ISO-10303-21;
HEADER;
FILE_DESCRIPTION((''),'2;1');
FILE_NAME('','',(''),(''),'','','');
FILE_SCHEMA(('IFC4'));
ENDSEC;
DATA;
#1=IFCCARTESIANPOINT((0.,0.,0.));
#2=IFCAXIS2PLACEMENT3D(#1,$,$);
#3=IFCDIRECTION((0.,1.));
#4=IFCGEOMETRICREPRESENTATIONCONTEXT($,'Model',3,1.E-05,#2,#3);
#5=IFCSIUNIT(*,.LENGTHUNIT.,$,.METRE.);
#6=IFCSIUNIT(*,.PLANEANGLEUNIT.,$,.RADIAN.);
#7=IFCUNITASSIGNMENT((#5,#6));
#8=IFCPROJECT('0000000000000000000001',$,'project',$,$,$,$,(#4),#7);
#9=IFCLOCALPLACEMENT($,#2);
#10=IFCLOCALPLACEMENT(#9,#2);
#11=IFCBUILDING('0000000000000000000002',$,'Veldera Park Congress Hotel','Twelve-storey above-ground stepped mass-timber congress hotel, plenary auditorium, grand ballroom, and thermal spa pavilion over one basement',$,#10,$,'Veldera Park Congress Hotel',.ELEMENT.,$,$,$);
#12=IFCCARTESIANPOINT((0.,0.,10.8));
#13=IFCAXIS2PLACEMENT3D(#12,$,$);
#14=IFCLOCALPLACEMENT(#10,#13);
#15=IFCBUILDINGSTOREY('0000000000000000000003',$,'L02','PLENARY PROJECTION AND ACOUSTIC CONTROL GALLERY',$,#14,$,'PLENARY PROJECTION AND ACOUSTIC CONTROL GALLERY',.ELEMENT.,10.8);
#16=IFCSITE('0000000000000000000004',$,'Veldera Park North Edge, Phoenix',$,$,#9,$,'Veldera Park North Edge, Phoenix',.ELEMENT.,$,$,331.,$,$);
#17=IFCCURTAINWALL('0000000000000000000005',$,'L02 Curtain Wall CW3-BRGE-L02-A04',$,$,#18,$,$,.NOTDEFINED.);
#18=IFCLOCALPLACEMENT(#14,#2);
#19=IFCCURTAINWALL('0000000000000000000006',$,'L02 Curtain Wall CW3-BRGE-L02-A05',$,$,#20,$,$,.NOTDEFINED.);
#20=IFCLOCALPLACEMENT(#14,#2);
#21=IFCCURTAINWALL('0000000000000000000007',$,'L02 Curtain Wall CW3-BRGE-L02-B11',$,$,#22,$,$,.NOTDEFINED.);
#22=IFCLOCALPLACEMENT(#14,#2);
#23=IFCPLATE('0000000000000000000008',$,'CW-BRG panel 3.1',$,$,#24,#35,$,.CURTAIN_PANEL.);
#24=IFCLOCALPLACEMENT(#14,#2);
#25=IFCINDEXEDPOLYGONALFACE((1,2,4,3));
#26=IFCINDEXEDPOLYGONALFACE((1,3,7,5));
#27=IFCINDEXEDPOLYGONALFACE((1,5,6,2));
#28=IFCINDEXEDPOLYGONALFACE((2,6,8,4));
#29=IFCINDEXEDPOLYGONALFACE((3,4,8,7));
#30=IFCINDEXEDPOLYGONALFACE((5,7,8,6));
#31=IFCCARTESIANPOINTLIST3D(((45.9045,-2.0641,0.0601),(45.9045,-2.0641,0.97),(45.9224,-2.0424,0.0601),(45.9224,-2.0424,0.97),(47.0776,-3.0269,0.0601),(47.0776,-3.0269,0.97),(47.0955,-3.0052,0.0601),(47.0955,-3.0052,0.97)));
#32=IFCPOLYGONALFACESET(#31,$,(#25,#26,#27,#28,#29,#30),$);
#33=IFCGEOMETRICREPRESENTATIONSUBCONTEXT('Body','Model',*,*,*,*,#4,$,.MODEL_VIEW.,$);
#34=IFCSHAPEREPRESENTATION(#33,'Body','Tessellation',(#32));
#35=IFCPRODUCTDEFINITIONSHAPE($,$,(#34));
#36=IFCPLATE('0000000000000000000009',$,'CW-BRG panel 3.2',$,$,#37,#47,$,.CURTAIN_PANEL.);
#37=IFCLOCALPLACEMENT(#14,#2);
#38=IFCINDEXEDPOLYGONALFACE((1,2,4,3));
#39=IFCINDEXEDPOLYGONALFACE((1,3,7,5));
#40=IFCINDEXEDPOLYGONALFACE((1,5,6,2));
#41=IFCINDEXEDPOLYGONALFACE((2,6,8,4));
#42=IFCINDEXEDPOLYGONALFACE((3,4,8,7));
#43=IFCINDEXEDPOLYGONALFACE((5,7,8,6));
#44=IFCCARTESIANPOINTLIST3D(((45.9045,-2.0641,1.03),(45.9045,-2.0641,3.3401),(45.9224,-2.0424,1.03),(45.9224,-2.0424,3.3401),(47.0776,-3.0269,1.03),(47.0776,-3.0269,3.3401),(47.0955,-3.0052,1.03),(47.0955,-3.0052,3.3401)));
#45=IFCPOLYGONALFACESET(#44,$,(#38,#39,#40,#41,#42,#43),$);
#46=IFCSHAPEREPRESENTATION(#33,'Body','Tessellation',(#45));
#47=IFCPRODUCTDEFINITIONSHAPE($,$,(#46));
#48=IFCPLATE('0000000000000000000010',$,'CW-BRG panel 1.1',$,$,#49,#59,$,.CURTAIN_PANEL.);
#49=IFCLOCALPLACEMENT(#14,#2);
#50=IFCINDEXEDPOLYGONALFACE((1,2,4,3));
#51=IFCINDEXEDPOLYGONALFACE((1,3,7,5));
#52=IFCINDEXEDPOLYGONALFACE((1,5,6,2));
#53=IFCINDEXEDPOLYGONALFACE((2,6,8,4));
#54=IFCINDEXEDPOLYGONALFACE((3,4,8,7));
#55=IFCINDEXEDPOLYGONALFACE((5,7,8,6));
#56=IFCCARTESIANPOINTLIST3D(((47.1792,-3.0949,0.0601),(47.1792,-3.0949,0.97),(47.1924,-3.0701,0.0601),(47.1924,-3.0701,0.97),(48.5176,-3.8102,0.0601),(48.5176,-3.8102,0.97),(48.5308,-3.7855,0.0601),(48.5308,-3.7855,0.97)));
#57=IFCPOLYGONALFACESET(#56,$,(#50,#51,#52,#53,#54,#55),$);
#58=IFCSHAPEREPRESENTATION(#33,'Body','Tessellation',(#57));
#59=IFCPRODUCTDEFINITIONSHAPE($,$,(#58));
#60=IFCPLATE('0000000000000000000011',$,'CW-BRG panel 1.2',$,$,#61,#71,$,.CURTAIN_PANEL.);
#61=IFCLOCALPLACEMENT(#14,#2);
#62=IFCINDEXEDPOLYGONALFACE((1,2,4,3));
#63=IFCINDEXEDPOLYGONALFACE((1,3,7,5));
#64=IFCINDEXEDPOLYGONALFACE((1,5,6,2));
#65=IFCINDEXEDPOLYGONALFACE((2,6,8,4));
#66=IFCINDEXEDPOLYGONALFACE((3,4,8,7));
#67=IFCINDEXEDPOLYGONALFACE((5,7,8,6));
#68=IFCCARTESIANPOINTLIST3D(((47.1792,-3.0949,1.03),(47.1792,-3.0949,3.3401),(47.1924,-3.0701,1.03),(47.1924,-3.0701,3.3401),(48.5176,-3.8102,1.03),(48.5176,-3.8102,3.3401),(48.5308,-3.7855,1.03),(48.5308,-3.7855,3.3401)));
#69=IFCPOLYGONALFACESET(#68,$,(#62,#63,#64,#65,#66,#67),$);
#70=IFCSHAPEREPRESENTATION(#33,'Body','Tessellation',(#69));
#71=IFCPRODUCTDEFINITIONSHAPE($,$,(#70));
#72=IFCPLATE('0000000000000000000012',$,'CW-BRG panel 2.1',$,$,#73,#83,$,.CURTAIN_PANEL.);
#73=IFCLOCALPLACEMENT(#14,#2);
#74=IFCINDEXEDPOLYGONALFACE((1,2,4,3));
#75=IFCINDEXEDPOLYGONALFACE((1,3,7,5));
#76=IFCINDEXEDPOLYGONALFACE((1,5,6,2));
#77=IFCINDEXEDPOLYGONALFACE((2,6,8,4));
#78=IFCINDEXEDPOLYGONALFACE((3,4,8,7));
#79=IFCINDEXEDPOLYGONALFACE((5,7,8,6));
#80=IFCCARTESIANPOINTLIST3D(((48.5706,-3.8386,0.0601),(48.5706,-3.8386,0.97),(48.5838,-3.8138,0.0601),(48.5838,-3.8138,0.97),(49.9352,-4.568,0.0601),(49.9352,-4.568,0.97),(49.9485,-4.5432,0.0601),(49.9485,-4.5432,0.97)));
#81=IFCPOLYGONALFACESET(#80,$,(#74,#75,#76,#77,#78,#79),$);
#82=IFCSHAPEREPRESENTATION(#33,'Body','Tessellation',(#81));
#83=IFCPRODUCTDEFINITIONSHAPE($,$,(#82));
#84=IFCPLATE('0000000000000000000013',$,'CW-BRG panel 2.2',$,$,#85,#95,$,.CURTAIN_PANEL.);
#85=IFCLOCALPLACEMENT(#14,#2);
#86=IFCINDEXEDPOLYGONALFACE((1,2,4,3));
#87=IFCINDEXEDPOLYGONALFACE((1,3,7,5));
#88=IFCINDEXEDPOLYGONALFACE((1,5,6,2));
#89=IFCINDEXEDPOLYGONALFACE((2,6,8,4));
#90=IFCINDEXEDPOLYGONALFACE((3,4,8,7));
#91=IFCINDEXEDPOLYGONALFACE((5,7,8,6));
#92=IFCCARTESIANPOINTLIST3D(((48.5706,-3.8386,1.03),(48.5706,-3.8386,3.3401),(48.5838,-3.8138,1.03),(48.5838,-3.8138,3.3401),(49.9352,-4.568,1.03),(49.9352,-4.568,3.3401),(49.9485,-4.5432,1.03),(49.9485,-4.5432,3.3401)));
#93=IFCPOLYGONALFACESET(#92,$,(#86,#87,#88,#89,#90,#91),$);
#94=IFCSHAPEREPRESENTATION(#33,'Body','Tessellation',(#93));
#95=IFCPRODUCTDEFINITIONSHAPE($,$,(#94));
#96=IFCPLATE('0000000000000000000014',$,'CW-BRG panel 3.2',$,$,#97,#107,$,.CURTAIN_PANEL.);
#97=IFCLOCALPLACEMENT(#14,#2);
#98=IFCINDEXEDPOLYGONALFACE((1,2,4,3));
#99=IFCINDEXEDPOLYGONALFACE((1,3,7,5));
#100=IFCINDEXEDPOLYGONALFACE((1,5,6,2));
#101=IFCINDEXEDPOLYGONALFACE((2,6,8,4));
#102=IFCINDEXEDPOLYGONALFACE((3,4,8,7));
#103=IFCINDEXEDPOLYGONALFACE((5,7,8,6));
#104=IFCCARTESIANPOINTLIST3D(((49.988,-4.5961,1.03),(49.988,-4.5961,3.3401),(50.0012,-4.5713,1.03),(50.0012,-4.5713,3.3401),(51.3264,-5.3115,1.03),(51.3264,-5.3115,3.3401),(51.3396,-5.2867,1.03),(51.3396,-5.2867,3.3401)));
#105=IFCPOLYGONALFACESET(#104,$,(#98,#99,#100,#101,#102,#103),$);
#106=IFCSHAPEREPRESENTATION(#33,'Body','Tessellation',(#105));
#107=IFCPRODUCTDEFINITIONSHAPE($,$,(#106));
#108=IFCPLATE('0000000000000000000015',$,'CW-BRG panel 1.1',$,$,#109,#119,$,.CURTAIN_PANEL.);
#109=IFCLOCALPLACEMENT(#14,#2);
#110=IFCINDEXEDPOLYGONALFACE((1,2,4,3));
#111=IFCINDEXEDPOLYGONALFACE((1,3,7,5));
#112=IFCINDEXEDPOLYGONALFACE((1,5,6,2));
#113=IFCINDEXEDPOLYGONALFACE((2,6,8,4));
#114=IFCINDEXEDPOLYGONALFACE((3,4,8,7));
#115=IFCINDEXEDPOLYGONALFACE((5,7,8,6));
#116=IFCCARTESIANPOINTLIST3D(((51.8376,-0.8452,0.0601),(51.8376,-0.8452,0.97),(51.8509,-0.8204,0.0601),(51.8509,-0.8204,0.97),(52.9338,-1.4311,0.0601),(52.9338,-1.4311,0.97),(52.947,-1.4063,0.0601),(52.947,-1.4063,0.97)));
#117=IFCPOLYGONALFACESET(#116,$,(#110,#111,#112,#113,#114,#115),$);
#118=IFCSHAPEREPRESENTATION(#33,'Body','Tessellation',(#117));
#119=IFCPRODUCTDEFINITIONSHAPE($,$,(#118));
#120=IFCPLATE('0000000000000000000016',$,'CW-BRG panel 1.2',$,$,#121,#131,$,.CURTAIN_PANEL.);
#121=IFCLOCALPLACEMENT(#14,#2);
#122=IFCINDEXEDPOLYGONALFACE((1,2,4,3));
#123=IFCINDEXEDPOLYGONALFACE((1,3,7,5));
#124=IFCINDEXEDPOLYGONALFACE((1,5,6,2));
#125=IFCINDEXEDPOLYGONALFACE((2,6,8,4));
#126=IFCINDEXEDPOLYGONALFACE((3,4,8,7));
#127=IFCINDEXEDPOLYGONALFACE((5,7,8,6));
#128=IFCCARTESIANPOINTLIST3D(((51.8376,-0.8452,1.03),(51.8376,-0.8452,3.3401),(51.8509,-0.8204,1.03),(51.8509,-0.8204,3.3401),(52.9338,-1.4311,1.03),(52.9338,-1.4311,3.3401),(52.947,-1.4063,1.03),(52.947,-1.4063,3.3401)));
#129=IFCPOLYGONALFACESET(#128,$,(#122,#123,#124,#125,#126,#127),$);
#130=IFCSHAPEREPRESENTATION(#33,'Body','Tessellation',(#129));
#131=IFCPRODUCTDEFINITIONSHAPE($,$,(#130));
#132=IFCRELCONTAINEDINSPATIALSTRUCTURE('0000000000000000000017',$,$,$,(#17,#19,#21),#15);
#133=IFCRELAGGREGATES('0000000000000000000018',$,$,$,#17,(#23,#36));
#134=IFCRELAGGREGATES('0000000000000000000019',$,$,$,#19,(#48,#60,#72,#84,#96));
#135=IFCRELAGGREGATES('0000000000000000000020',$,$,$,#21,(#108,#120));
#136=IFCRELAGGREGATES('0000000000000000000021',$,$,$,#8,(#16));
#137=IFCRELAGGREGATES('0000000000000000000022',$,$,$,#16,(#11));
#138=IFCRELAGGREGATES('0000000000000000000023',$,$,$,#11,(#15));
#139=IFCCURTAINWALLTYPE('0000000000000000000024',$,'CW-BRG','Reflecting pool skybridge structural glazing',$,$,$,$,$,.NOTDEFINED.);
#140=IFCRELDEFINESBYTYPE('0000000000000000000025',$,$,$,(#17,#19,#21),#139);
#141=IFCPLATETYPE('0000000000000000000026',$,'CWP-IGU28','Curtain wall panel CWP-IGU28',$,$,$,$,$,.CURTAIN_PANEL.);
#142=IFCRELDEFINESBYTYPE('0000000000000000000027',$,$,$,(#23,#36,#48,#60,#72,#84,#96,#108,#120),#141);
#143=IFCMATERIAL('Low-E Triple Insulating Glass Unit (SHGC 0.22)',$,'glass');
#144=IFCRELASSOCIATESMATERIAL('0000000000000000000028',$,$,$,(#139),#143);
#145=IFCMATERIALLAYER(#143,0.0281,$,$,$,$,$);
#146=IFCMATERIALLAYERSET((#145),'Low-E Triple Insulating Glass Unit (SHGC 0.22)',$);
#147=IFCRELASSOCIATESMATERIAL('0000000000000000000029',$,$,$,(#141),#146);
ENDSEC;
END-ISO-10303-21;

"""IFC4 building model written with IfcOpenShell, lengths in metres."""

from ifc_helpers import new_model, si_unit, direction, frame, origin, origin_2d, place, context, subcontext, project, spatial, rectangle, extrude, material, layer, layer_set, type_object, element, aggregate, save


model = new_model("IFC4")

# Units and contexts
model_context = context("Model", 3, precision=1e-05, world=origin(), true_north=direction((0.0, 1.0)))
body_context = subcontext(model_context, "Body", "Model", "MODEL_VIEW")
ifc_project = project(units=[si_unit("LENGTHUNIT", "METRE"), si_unit("PLANEANGLEUNIT", "RADIAN")], contexts=[model_context])

# Site, building, storey
site_placement = place(None, origin())
site = spatial("IfcSite", under=ifc_project, at=site_placement, Name="Veldera Park North Edge, Phoenix", LongName="Veldera Park North Edge, Phoenix", CompositionType="ELEMENT", RefElevation=331.0)
building_placement = place(site_placement, origin())
building = spatial("IfcBuilding", under=site, at=building_placement, Name="Veldera Park Congress Hotel", Description="Twelve-storey above-ground stepped mass-timber congress hotel, plenary auditorium, grand ballroom, and thermal spa pavilion over one basement", LongName="Veldera Park Congress Hotel", CompositionType="ELEMENT")
storey_placement = place(building_placement, frame((0.0, 0.0, 10.8)))
storey = spatial("IfcBuildingStorey", under=building, at=storey_placement, Name="L02", Description="PLENARY PROJECTION AND ACOUSTIC CONTROL GALLERY", LongName="PLENARY PROJECTION AND ACOUSTIC CONTROL GALLERY", CompositionType="ELEMENT", Elevation=10.8)

# Curtain walls
ifc_material_1 = material(Name="Low-E Triple Insulating Glass Unit (SHGC 0.22)", Category="glass")
curtain_wall_type = type_object("IfcCurtainWallType", Name="CW-BRG", Description="Reflecting pool skybridge structural glazing", PredefinedType="NOTDEFINED", material=ifc_material_1)
curtain_wall_1_placement = place(storey_placement, origin())
curtain_wall_1 = element("IfcCurtainWall", 1, at=curtain_wall_1_placement, inside=storey, type_object=curtain_wall_type, Name="L02 Curtain Wall CW3-BRGE-L02-A04", PredefinedType="NOTDEFINED")
curtain_wall_2_placement = place(storey_placement, origin())
curtain_wall_2 = element("IfcCurtainWall", 2, at=curtain_wall_2_placement, inside=storey, type_object=curtain_wall_type, Name="L02 Curtain Wall CW3-BRGE-L02-A05", PredefinedType="NOTDEFINED")

# Curtain wall
curtain_wall_3_placement = place(storey_placement, origin())
curtain_wall_3 = element("IfcCurtainWall", 3, at=curtain_wall_3_placement, inside=storey, type_object=curtain_wall_type, Name="L02 Curtain Wall CW3-BRGE-L02-B11", PredefinedType="NOTDEFINED")

# Plates
ifc_layer = layer(ifc_material_1, 0.0281)
ifc_layer_set = layer_set([ifc_layer], Name="Low-E Triple Insulating Glass Unit (SHGC 0.22)")
plate_type = type_object("IfcPlateType", Name="CWP-IGU28", Description="Curtain wall panel CWP-IGU28", PredefinedType="CURTAIN_PANEL", material=ifc_layer_set)
plate_1_placement = place(storey_placement, frame((46.5, -2.5347, 0.0601), z_axis=(0.0, 0.0, 1.0), x_axis=(0.773003, -0.634402, 0.0)))
plate_1 = element("IfcPlate", 4, at=plate_1_placement, type_object=plate_type, Name="CW-BRG panel 3.1", PredefinedType="CURTAIN_PANEL", context=body_context, shape_type="SweptSolid", body=[
    extrude(rectangle(XDim=1.5176, YDim=0.0281, at=origin_2d()), origin(), (0.0, 0.0, 1.0), 0.9099),
])
plate_2_placement = place(storey_placement, frame((46.5, -2.5347, 1.03), z_axis=(0.0, 0.0, 1.0), x_axis=(0.773003, -0.634402, 0.0)))
plate_2 = element("IfcPlate", 5, at=plate_2_placement, type_object=plate_type, Name="CW-BRG panel 3.2", PredefinedType="CURTAIN_PANEL", context=body_context, shape_type="SweptSolid", body=[
    extrude(rectangle(XDim=1.5176, YDim=0.0281, at=origin_2d()), origin(), (0.0, 0.0, 1.0), 2.3101),
])
aggregate(curtain_wall_1, [plate_1, plate_2])
plate_3_placement = place(storey_placement, frame((47.855, -3.4402, 0.0601), z_axis=(0.0, 0.0, 1.0), x_axis=(0.881928, -0.471385, 0.0)))
plate_3 = element("IfcPlate", 6, at=plate_3_placement, type_object=plate_type, Name="CW-BRG panel 1.1", PredefinedType="CURTAIN_PANEL", context=body_context, shape_type="SweptSolid", body=[
    extrude(rectangle(XDim=1.5176, YDim=0.0281, at=origin_2d()), origin(), (0.0, 0.0, 1.0), 0.9099),
])
plate_4_placement = place(storey_placement, frame((47.855, -3.4402, 1.03), z_axis=(0.0, 0.0, 1.0), x_axis=(0.881928, -0.471385, 0.0)))
plate_4 = element("IfcPlate", 7, at=plate_4_placement, type_object=plate_type, Name="CW-BRG panel 1.2", PredefinedType="CURTAIN_PANEL", context=body_context, shape_type="SweptSolid", body=[
    extrude(rectangle(XDim=1.5176, YDim=0.0281, at=origin_2d()), origin(), (0.0, 0.0, 1.0), 2.3101),
])
plate_5_placement = place(storey_placement, frame((49.2595, -4.1909, 0.0601), z_axis=(0.0, 0.0, 1.0), x_axis=(0.881928, -0.471385, 0.0)))
plate_5 = element("IfcPlate", 8, at=plate_5_placement, type_object=plate_type, Name="CW-BRG panel 2.1", PredefinedType="CURTAIN_PANEL", context=body_context, shape_type="SweptSolid", body=[
    extrude(rectangle(XDim=1.5474, YDim=0.0281, at=origin_2d()), origin(), (0.0, 0.0, 1.0), 0.9099),
])
plate_6_placement = place(storey_placement, frame((49.2595, -4.1909, 1.03), z_axis=(0.0, 0.0, 1.0), x_axis=(0.881928, -0.471385, 0.0)))
plate_6 = element("IfcPlate", 9, at=plate_6_placement, type_object=plate_type, Name="CW-BRG panel 2.2", PredefinedType="CURTAIN_PANEL", context=body_context, shape_type="SweptSolid", body=[
    extrude(rectangle(XDim=1.5474, YDim=0.0281, at=origin_2d()), origin(), (0.0, 0.0, 1.0), 2.3101),
])
plate_7_placement = place(storey_placement, frame((50.6638, -4.9414, 1.03), z_axis=(0.0, 0.0, 1.0), x_axis=(0.881928, -0.471385, 0.0)))
plate_7 = element("IfcPlate", 10, at=plate_7_placement, type_object=plate_type, Name="CW-BRG panel 3.2", PredefinedType="CURTAIN_PANEL", context=body_context, shape_type="SweptSolid", body=[
    extrude(rectangle(XDim=1.5176, YDim=0.0281, at=origin_2d()), origin(), (0.0, 0.0, 1.0), 2.3101),
])
aggregate(curtain_wall_2, [plate_3, plate_4, plate_5, plate_6, plate_7])
plate_8_placement = place(storey_placement, frame((52.3923, -1.1257, 0.0601), z_axis=(0.0, 0.0, 1.0), x_axis=(-0.881928, 0.471384, 0.0)))
plate_8 = element("IfcPlate", 11, at=plate_8_placement, type_object=plate_type, Name="CW-BRG panel 1.1", PredefinedType="CURTAIN_PANEL", context=body_context, shape_type="SweptSolid", body=[
    extrude(rectangle(XDim=1.2429, YDim=0.0281, at=origin_2d()), origin(), (0.0, 0.0, 1.0), 0.9099),
])
plate_9_placement = place(storey_placement, frame((52.3923, -1.1257, 1.03), z_axis=(0.0, 0.0, 1.0), x_axis=(-0.881928, 0.471384, 0.0)))
plate_9 = element("IfcPlate", 12, at=plate_9_placement, type_object=plate_type, Name="CW-BRG panel 1.2", PredefinedType="CURTAIN_PANEL", context=body_context, shape_type="SweptSolid", body=[
    extrude(rectangle(XDim=1.2429, YDim=0.0281, at=origin_2d()), origin(), (0.0, 0.0, 1.0), 2.3101),
])
aggregate(curtain_wall_3, [plate_8, plate_9])

save(model, "model.ifc")
